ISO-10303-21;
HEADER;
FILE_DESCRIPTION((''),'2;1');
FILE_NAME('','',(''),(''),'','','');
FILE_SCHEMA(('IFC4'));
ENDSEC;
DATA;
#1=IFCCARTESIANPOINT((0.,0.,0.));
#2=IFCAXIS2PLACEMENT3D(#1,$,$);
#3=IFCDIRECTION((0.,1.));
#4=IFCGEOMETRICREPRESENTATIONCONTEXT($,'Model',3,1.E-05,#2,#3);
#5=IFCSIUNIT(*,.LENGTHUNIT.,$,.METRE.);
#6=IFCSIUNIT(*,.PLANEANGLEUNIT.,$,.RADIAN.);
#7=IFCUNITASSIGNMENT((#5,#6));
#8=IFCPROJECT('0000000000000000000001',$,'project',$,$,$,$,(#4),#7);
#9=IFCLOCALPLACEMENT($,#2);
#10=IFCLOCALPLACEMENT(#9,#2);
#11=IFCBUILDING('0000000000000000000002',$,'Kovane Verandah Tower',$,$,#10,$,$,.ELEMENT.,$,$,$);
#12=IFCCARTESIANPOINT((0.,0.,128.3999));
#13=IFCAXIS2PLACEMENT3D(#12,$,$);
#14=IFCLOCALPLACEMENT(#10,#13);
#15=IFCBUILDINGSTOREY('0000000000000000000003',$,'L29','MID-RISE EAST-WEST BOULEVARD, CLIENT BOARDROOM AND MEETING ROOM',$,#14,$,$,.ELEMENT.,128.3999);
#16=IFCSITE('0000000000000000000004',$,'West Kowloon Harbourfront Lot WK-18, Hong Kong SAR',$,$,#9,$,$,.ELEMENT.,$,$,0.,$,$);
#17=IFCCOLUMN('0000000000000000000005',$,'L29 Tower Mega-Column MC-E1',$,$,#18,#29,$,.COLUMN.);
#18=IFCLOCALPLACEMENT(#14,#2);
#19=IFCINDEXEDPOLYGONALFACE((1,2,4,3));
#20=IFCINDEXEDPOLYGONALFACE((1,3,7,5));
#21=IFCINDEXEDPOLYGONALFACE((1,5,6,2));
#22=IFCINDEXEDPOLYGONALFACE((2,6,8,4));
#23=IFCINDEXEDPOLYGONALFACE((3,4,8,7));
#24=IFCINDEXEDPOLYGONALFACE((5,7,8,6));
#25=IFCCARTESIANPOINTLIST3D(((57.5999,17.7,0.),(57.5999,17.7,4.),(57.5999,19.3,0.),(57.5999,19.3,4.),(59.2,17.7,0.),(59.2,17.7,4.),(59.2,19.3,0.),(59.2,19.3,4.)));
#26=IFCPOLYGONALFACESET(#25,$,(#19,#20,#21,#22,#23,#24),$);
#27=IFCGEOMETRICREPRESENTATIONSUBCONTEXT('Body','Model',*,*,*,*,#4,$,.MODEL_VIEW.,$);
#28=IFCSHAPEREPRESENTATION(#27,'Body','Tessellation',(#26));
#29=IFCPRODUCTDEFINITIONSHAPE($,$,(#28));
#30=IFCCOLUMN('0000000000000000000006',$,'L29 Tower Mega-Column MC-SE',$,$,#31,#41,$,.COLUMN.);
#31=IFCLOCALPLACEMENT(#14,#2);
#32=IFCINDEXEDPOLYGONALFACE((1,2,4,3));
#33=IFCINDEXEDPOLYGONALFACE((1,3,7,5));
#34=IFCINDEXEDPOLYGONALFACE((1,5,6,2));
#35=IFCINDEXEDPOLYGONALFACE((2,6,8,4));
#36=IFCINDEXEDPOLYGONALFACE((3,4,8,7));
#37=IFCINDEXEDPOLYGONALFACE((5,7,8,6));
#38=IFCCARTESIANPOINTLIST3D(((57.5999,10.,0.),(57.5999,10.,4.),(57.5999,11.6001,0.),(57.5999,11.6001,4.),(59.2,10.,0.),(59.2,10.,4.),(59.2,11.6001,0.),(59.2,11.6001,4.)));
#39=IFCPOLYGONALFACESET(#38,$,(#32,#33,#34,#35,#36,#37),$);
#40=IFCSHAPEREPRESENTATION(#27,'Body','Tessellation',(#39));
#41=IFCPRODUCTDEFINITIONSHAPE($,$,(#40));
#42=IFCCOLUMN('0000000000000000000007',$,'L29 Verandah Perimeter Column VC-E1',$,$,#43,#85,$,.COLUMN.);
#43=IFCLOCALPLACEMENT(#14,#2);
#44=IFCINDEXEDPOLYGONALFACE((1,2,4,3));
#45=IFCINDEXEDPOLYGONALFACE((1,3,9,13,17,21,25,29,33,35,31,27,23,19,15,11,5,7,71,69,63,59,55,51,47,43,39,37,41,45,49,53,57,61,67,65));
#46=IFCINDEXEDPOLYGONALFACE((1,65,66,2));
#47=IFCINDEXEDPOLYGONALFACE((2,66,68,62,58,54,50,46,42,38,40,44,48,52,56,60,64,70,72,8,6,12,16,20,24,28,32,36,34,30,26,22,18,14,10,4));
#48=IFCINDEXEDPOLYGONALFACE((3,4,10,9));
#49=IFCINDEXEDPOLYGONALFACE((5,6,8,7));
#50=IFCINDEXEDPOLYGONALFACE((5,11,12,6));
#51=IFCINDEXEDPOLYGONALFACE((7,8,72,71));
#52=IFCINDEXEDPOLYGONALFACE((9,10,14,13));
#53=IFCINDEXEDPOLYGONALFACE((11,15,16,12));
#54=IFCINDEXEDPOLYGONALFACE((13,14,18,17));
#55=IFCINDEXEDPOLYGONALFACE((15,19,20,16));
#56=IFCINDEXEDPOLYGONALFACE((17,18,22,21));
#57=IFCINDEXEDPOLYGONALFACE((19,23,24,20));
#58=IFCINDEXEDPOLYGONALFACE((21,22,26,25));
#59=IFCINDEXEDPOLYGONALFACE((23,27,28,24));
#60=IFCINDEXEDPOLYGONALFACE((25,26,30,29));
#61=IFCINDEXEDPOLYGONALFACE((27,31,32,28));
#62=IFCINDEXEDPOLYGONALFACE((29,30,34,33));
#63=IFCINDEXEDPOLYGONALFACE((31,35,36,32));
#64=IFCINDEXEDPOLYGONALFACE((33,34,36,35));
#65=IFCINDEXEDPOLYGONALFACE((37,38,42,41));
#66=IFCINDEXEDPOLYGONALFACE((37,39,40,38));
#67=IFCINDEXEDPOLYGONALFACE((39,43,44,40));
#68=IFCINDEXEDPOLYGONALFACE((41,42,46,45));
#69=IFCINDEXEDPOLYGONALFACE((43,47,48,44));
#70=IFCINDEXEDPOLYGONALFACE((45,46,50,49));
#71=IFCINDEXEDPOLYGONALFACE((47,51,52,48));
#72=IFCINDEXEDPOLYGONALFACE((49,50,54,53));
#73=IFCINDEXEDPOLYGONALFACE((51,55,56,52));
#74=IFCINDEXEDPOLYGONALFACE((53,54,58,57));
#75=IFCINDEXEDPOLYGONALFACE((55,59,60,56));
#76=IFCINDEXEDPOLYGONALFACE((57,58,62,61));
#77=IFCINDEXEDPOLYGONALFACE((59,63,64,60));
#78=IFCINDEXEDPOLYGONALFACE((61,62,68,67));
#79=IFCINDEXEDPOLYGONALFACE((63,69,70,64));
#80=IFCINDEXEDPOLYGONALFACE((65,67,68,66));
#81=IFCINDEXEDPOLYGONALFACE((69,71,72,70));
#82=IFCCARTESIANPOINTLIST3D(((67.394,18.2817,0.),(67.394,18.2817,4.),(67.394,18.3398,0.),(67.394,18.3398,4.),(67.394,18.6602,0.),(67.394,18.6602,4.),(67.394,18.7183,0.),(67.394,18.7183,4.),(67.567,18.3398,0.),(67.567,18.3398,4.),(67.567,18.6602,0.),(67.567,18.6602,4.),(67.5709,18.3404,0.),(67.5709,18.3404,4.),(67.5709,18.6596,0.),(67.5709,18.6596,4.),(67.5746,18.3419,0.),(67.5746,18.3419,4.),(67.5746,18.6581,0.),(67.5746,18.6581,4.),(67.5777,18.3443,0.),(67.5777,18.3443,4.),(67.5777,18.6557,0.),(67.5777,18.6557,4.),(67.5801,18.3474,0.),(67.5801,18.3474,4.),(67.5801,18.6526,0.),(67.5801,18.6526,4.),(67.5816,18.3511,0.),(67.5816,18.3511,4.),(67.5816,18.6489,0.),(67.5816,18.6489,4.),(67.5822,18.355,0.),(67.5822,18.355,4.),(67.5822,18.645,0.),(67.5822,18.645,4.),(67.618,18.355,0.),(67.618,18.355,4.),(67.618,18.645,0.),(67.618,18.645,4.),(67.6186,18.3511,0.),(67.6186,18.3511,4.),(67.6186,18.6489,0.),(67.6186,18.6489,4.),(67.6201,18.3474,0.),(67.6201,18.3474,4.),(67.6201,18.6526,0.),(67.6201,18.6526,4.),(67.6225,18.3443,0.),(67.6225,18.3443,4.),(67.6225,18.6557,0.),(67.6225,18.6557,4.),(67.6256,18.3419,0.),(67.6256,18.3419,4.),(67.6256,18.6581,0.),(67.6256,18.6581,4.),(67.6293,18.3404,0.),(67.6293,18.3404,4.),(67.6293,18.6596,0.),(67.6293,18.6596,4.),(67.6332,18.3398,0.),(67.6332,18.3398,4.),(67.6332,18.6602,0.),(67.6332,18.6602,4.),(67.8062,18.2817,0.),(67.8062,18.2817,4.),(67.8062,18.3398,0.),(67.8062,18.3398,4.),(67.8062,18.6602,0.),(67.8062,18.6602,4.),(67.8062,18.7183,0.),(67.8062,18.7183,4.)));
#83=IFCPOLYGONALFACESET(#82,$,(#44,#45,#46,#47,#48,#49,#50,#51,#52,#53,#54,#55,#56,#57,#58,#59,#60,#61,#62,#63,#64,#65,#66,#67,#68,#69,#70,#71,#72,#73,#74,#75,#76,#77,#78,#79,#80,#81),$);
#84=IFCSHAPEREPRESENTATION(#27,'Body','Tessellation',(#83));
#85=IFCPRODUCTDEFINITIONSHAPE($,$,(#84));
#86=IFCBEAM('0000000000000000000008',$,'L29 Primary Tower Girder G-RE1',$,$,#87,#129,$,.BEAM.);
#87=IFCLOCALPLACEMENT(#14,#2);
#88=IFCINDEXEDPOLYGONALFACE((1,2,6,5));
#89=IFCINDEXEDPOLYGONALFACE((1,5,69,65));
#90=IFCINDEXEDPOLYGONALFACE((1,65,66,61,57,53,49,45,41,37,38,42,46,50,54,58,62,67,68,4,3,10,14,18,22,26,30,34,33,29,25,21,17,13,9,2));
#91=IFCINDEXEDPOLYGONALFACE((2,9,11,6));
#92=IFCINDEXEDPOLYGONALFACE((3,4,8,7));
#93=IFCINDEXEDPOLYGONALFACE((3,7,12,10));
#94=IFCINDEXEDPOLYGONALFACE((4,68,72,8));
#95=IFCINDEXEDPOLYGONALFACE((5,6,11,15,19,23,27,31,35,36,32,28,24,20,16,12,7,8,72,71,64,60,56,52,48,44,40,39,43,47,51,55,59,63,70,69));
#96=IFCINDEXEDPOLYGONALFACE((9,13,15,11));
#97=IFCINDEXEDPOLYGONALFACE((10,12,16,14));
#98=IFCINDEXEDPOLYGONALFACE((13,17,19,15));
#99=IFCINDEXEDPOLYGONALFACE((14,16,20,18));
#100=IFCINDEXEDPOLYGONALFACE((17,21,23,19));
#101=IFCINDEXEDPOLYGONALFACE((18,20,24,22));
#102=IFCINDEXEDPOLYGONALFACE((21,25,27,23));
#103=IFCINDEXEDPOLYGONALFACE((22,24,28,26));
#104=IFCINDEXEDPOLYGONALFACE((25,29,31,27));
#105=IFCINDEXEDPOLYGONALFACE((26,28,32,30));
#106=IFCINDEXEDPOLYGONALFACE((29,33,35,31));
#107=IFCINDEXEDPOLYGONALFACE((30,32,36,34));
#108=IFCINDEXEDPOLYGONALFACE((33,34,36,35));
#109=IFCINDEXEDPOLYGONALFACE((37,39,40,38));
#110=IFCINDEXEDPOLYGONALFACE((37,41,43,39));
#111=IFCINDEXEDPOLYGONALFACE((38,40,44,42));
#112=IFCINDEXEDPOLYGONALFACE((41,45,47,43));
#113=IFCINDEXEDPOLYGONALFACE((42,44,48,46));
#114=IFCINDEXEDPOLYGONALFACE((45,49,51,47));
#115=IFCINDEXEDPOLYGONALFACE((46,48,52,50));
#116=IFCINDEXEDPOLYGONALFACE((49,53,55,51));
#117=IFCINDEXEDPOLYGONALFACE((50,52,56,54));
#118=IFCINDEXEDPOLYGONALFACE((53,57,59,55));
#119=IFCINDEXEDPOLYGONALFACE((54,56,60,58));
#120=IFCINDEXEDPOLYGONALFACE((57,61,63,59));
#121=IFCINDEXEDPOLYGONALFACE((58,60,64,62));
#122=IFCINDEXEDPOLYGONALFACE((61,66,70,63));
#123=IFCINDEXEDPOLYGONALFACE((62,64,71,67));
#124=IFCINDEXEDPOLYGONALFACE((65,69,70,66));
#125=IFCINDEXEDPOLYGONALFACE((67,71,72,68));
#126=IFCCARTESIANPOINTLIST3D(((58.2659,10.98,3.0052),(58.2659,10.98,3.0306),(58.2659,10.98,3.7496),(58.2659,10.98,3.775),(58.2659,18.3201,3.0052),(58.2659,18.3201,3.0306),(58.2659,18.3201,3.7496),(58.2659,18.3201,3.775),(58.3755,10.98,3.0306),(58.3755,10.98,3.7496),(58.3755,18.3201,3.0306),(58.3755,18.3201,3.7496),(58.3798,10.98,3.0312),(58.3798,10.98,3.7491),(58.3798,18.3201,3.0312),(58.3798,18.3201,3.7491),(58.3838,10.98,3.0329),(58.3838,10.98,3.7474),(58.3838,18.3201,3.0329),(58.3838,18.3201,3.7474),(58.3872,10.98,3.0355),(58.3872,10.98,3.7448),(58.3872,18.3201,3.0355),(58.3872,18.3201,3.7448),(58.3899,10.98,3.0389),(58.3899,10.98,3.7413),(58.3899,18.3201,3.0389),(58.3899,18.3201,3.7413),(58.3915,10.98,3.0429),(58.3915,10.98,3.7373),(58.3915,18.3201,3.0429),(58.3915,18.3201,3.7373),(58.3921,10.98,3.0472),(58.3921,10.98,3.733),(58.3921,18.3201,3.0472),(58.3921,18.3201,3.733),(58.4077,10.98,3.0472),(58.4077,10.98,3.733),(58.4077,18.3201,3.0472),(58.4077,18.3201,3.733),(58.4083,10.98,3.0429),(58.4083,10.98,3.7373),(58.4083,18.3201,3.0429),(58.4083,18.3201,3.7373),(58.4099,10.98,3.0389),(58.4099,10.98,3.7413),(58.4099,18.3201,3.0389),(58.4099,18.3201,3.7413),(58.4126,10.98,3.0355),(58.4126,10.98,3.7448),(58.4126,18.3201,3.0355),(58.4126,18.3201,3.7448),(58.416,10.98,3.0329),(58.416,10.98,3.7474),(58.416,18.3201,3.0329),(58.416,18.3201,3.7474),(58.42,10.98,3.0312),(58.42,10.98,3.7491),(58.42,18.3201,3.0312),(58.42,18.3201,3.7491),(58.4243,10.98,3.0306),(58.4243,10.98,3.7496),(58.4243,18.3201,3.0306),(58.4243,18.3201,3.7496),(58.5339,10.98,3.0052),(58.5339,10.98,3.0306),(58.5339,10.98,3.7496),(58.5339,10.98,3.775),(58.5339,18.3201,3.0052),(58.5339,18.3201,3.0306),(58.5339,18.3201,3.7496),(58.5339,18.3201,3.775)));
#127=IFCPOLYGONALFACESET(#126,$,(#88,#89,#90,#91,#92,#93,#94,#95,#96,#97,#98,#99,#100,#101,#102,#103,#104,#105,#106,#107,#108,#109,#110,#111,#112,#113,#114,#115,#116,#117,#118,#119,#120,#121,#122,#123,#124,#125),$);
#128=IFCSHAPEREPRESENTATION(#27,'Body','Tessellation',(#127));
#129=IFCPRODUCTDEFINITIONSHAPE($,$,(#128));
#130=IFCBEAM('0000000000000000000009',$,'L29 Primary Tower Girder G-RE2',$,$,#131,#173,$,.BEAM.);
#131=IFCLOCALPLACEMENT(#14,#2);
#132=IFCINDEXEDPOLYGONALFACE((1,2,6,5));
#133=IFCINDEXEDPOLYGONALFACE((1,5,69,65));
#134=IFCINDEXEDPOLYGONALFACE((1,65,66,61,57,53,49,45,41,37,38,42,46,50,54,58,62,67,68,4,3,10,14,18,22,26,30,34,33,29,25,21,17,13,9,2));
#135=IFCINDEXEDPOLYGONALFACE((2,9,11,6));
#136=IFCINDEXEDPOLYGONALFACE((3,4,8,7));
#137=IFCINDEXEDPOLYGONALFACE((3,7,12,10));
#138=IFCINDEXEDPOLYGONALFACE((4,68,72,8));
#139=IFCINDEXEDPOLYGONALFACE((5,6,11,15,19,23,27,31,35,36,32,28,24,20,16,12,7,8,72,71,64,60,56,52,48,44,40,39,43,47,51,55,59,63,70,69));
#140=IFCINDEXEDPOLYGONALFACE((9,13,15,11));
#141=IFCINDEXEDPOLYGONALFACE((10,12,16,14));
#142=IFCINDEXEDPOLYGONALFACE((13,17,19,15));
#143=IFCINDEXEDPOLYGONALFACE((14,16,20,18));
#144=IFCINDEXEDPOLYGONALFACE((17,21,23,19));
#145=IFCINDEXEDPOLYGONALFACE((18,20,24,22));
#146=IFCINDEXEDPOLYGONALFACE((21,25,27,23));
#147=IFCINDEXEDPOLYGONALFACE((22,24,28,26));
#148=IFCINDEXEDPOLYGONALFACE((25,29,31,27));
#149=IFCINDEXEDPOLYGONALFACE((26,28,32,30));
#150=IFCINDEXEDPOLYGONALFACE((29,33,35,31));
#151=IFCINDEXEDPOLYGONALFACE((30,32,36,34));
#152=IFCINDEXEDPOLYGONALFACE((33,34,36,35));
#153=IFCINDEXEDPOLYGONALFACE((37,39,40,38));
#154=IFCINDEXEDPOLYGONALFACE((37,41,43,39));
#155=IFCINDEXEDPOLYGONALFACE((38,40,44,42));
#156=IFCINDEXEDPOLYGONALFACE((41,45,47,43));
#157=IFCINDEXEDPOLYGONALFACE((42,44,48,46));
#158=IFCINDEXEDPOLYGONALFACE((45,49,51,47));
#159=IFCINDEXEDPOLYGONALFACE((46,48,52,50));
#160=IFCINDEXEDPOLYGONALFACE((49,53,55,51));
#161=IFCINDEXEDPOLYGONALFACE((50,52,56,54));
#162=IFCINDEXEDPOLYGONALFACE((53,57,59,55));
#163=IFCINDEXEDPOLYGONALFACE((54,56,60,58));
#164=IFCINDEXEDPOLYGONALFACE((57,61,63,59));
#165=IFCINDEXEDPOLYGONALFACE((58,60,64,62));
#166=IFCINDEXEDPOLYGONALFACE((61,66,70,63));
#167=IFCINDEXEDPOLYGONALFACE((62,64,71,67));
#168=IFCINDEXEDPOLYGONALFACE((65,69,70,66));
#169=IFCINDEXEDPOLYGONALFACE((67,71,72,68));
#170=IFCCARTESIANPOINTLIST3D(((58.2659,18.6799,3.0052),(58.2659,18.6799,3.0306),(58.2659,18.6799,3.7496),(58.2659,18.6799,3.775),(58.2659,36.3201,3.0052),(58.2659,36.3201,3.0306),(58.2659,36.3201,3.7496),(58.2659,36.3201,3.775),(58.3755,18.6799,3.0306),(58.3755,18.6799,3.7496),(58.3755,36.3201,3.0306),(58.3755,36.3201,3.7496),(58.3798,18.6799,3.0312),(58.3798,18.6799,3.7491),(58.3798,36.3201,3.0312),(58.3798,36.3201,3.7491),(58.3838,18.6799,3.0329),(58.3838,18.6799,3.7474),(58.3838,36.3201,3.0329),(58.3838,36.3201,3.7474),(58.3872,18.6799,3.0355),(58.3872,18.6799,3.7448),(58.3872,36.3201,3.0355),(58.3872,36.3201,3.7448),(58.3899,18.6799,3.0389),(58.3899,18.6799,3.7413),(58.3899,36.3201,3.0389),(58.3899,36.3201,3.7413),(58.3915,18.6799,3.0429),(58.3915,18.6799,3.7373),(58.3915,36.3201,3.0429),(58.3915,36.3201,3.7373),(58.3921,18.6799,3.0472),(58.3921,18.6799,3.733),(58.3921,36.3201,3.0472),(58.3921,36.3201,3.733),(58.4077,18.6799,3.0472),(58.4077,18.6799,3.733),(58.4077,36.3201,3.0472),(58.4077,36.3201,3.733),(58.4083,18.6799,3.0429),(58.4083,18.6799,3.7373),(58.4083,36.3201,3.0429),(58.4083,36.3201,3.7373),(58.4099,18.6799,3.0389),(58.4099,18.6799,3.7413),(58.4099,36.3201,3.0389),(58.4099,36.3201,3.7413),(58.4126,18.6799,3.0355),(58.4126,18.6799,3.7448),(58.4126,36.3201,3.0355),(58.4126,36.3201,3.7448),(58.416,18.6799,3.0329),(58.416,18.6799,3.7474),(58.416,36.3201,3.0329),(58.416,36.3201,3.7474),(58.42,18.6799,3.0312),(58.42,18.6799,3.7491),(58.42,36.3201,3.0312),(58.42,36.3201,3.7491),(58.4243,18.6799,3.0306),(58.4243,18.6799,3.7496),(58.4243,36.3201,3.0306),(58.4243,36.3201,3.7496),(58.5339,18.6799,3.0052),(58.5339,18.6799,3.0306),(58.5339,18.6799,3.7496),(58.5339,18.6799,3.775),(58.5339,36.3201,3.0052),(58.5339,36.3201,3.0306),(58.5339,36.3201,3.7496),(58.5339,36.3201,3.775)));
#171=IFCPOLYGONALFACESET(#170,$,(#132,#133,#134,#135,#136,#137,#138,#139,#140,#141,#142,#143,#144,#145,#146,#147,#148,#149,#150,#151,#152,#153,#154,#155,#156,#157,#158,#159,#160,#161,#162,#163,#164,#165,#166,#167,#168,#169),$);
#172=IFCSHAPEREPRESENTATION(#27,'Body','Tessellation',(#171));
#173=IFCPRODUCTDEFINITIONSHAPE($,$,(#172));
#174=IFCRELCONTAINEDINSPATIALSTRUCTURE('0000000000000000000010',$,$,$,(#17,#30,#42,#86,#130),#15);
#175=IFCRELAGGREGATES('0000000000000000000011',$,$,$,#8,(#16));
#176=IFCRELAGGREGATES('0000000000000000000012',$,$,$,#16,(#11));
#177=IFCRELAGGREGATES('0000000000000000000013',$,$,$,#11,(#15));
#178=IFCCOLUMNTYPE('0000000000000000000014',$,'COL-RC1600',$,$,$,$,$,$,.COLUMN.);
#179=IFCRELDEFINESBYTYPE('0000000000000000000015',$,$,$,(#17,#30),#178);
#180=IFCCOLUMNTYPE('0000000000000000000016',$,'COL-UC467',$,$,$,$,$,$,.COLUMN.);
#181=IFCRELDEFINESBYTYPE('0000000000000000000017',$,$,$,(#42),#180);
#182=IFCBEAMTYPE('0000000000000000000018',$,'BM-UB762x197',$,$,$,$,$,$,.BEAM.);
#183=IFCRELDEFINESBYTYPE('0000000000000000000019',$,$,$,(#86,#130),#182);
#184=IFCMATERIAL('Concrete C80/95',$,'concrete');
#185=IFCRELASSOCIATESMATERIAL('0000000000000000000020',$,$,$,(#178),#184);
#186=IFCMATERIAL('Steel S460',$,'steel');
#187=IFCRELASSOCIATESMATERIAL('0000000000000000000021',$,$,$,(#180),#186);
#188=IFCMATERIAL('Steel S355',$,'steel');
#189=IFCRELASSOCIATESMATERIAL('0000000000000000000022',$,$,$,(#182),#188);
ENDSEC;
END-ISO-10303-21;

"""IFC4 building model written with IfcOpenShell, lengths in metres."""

from ifc_helpers import new_model, si_unit, direction, frame, origin, origin_2d, place, context, subcontext, project, spatial, rectangle, i_section, extrude, material, material_profile, profile_set, type_object, element, save


model = new_model("IFC4")

# Units and contexts
model_context = context("Model", 3, precision=1e-05, world=origin(), true_north=direction((0.0, 1.0)))
body_context = subcontext(model_context, "Body", "Model", "MODEL_VIEW")
ifc_project = project(units=[si_unit("LENGTHUNIT", "METRE"), si_unit("PLANEANGLEUNIT", "RADIAN")], contexts=[model_context])

# Site, building, storey
site_placement = place(None, origin())
site = spatial("IfcSite", under=ifc_project, at=site_placement, Name="West Kowloon Harbourfront Lot WK-18, Hong Kong SAR", CompositionType="ELEMENT", RefElevation=0.0)
building_placement = place(site_placement, origin())
building = spatial("IfcBuilding", under=site, at=building_placement, Name="Kovane Verandah Tower", CompositionType="ELEMENT")
storey_placement = place(building_placement, frame((0.0, 0.0, 128.3999)))
storey = spatial("IfcBuildingStorey", under=building, at=storey_placement, Name="L29", Description="MID-RISE EAST-WEST BOULEVARD, CLIENT BOARDROOM AND MEETING ROOM", CompositionType="ELEMENT", Elevation=128.3999)

# Columns
ifc_material_1 = material(Name="Concrete C80/95", Category="concrete")
ifc_material_profile_1 = material_profile(ifc_material_1, rectangle(XDim=1.6001, YDim=1.6001, at=origin_2d()), Name="RC1600x1600")
ifc_profile_set_1 = profile_set([ifc_material_profile_1], Name="Concrete C80/95")
column_type_1 = type_object("IfcColumnType", Name="COL-RC1600", PredefinedType="COLUMN", material=ifc_profile_set_1)
for number, where, z_axis, x_axis, name in (
    (1, (58.3999, 18.5, 0.0), (0.0, 0.0, 1.0), (1.0, 0.0, 0.0), "L29 Tower Mega-Column MC-E1"),
    (2, (58.3999, 10.8, 0.0), (0.0, 0.0, 1.0), (1.0, 0.0, 0.0), "L29 Tower Mega-Column MC-SE"),
):
    element("IfcColumn", number, at=place(storey_placement, frame(where, z_axis=z_axis, x_axis=x_axis)), inside=storey, type_object=column_type_1, Name=name, PredefinedType="COLUMN", context=body_context, shape_type="SweptSolid", body=[
        extrude(rectangle(XDim=1.6001, YDim=1.6001, at=origin_2d()), origin(), (0.0, 0.0, 1.0), 4.0),
    ])
ifc_material_2 = material(Name="Steel S460", Category="steel")
ifc_material_profile_2 = material_profile(ifc_material_2, i_section(OverallWidth=0.4121, OverallDepth=0.4365, WebThickness=0.0359, FlangeThickness=0.0581, FilletRadius=0.0151, at=origin_2d()), Name="UC356x406x467")
ifc_profile_set_2 = profile_set([ifc_material_profile_2], Name="Steel S460")
column_type_2 = type_object("IfcColumnType", Name="COL-UC467", PredefinedType="COLUMN", material=ifc_profile_set_2)
column_placement = place(storey_placement, frame((67.6001, 18.5, 0.0), z_axis=(0.0, 0.0, 1.0), x_axis=(1.0, 0.0, 0.0)))
element("IfcColumn", 3, at=column_placement, inside=storey, type_object=column_type_2, Name="L29 Verandah Perimeter Column VC-E1", PredefinedType="COLUMN", context=body_context, shape_type="SweptSolid", body=[
    extrude(i_section(OverallWidth=0.4121, OverallDepth=0.4365, WebThickness=0.0359, FlangeThickness=0.0581, FilletRadius=0.0151, at=origin_2d()), origin(), (0.0, 0.0, 1.0), 4.0),
])

# Beams
ifc_material_3 = material(Name="Steel S355", Category="steel")
ifc_material_profile_3 = material_profile(ifc_material_3, i_section(OverallWidth=0.2681, OverallDepth=0.7698, WebThickness=0.0156, FlangeThickness=0.0254, FilletRadius=0.0166, at=origin_2d()), Name="UB762x267x197")
ifc_profile_set_3 = profile_set([ifc_material_profile_3], Name="Steel S355")
beam_type_1 = type_object("IfcBeamType", Name="BM-UB762x197", PredefinedType="BEAM", material=ifc_profile_set_3)
beam_1_placement = place(storey_placement, frame((58.3999, 10.98, 3.3901), z_axis=(0.0, 1.0, 0.0), x_axis=(-1.0, 0.0, 0.0)))
element("IfcBeam", 4, at=beam_1_placement, inside=storey, type_object=beam_type_1, Name="L29 Primary Tower Girder G-RE1", PredefinedType="BEAM", context=body_context, shape_type="SweptSolid", body=[
    extrude(i_section(OverallWidth=0.2681, OverallDepth=0.7698, WebThickness=0.0156, FlangeThickness=0.0254, FilletRadius=0.0166, at=origin_2d()), origin(), (0.0, 0.0, 1.0), 7.3401),
])
beam_2_placement = place(storey_placement, frame((58.3999, 18.6799, 3.3901), z_axis=(0.0, 1.0, 0.0), x_axis=(-1.0, 0.0, 0.0)))
element("IfcBeam", 5, at=beam_2_placement, inside=storey, type_object=beam_type_1, Name="L29 Primary Tower Girder G-RE2", PredefinedType="BEAM", context=body_context, shape_type="SweptSolid", body=[
    extrude(i_section(OverallWidth=0.2681, OverallDepth=0.7698, WebThickness=0.0156, FlangeThickness=0.0254, FilletRadius=0.0166, at=origin_2d()), origin(), (0.0, 0.0, 1.0), 17.6401),
])

save(model, "model.ifc")
